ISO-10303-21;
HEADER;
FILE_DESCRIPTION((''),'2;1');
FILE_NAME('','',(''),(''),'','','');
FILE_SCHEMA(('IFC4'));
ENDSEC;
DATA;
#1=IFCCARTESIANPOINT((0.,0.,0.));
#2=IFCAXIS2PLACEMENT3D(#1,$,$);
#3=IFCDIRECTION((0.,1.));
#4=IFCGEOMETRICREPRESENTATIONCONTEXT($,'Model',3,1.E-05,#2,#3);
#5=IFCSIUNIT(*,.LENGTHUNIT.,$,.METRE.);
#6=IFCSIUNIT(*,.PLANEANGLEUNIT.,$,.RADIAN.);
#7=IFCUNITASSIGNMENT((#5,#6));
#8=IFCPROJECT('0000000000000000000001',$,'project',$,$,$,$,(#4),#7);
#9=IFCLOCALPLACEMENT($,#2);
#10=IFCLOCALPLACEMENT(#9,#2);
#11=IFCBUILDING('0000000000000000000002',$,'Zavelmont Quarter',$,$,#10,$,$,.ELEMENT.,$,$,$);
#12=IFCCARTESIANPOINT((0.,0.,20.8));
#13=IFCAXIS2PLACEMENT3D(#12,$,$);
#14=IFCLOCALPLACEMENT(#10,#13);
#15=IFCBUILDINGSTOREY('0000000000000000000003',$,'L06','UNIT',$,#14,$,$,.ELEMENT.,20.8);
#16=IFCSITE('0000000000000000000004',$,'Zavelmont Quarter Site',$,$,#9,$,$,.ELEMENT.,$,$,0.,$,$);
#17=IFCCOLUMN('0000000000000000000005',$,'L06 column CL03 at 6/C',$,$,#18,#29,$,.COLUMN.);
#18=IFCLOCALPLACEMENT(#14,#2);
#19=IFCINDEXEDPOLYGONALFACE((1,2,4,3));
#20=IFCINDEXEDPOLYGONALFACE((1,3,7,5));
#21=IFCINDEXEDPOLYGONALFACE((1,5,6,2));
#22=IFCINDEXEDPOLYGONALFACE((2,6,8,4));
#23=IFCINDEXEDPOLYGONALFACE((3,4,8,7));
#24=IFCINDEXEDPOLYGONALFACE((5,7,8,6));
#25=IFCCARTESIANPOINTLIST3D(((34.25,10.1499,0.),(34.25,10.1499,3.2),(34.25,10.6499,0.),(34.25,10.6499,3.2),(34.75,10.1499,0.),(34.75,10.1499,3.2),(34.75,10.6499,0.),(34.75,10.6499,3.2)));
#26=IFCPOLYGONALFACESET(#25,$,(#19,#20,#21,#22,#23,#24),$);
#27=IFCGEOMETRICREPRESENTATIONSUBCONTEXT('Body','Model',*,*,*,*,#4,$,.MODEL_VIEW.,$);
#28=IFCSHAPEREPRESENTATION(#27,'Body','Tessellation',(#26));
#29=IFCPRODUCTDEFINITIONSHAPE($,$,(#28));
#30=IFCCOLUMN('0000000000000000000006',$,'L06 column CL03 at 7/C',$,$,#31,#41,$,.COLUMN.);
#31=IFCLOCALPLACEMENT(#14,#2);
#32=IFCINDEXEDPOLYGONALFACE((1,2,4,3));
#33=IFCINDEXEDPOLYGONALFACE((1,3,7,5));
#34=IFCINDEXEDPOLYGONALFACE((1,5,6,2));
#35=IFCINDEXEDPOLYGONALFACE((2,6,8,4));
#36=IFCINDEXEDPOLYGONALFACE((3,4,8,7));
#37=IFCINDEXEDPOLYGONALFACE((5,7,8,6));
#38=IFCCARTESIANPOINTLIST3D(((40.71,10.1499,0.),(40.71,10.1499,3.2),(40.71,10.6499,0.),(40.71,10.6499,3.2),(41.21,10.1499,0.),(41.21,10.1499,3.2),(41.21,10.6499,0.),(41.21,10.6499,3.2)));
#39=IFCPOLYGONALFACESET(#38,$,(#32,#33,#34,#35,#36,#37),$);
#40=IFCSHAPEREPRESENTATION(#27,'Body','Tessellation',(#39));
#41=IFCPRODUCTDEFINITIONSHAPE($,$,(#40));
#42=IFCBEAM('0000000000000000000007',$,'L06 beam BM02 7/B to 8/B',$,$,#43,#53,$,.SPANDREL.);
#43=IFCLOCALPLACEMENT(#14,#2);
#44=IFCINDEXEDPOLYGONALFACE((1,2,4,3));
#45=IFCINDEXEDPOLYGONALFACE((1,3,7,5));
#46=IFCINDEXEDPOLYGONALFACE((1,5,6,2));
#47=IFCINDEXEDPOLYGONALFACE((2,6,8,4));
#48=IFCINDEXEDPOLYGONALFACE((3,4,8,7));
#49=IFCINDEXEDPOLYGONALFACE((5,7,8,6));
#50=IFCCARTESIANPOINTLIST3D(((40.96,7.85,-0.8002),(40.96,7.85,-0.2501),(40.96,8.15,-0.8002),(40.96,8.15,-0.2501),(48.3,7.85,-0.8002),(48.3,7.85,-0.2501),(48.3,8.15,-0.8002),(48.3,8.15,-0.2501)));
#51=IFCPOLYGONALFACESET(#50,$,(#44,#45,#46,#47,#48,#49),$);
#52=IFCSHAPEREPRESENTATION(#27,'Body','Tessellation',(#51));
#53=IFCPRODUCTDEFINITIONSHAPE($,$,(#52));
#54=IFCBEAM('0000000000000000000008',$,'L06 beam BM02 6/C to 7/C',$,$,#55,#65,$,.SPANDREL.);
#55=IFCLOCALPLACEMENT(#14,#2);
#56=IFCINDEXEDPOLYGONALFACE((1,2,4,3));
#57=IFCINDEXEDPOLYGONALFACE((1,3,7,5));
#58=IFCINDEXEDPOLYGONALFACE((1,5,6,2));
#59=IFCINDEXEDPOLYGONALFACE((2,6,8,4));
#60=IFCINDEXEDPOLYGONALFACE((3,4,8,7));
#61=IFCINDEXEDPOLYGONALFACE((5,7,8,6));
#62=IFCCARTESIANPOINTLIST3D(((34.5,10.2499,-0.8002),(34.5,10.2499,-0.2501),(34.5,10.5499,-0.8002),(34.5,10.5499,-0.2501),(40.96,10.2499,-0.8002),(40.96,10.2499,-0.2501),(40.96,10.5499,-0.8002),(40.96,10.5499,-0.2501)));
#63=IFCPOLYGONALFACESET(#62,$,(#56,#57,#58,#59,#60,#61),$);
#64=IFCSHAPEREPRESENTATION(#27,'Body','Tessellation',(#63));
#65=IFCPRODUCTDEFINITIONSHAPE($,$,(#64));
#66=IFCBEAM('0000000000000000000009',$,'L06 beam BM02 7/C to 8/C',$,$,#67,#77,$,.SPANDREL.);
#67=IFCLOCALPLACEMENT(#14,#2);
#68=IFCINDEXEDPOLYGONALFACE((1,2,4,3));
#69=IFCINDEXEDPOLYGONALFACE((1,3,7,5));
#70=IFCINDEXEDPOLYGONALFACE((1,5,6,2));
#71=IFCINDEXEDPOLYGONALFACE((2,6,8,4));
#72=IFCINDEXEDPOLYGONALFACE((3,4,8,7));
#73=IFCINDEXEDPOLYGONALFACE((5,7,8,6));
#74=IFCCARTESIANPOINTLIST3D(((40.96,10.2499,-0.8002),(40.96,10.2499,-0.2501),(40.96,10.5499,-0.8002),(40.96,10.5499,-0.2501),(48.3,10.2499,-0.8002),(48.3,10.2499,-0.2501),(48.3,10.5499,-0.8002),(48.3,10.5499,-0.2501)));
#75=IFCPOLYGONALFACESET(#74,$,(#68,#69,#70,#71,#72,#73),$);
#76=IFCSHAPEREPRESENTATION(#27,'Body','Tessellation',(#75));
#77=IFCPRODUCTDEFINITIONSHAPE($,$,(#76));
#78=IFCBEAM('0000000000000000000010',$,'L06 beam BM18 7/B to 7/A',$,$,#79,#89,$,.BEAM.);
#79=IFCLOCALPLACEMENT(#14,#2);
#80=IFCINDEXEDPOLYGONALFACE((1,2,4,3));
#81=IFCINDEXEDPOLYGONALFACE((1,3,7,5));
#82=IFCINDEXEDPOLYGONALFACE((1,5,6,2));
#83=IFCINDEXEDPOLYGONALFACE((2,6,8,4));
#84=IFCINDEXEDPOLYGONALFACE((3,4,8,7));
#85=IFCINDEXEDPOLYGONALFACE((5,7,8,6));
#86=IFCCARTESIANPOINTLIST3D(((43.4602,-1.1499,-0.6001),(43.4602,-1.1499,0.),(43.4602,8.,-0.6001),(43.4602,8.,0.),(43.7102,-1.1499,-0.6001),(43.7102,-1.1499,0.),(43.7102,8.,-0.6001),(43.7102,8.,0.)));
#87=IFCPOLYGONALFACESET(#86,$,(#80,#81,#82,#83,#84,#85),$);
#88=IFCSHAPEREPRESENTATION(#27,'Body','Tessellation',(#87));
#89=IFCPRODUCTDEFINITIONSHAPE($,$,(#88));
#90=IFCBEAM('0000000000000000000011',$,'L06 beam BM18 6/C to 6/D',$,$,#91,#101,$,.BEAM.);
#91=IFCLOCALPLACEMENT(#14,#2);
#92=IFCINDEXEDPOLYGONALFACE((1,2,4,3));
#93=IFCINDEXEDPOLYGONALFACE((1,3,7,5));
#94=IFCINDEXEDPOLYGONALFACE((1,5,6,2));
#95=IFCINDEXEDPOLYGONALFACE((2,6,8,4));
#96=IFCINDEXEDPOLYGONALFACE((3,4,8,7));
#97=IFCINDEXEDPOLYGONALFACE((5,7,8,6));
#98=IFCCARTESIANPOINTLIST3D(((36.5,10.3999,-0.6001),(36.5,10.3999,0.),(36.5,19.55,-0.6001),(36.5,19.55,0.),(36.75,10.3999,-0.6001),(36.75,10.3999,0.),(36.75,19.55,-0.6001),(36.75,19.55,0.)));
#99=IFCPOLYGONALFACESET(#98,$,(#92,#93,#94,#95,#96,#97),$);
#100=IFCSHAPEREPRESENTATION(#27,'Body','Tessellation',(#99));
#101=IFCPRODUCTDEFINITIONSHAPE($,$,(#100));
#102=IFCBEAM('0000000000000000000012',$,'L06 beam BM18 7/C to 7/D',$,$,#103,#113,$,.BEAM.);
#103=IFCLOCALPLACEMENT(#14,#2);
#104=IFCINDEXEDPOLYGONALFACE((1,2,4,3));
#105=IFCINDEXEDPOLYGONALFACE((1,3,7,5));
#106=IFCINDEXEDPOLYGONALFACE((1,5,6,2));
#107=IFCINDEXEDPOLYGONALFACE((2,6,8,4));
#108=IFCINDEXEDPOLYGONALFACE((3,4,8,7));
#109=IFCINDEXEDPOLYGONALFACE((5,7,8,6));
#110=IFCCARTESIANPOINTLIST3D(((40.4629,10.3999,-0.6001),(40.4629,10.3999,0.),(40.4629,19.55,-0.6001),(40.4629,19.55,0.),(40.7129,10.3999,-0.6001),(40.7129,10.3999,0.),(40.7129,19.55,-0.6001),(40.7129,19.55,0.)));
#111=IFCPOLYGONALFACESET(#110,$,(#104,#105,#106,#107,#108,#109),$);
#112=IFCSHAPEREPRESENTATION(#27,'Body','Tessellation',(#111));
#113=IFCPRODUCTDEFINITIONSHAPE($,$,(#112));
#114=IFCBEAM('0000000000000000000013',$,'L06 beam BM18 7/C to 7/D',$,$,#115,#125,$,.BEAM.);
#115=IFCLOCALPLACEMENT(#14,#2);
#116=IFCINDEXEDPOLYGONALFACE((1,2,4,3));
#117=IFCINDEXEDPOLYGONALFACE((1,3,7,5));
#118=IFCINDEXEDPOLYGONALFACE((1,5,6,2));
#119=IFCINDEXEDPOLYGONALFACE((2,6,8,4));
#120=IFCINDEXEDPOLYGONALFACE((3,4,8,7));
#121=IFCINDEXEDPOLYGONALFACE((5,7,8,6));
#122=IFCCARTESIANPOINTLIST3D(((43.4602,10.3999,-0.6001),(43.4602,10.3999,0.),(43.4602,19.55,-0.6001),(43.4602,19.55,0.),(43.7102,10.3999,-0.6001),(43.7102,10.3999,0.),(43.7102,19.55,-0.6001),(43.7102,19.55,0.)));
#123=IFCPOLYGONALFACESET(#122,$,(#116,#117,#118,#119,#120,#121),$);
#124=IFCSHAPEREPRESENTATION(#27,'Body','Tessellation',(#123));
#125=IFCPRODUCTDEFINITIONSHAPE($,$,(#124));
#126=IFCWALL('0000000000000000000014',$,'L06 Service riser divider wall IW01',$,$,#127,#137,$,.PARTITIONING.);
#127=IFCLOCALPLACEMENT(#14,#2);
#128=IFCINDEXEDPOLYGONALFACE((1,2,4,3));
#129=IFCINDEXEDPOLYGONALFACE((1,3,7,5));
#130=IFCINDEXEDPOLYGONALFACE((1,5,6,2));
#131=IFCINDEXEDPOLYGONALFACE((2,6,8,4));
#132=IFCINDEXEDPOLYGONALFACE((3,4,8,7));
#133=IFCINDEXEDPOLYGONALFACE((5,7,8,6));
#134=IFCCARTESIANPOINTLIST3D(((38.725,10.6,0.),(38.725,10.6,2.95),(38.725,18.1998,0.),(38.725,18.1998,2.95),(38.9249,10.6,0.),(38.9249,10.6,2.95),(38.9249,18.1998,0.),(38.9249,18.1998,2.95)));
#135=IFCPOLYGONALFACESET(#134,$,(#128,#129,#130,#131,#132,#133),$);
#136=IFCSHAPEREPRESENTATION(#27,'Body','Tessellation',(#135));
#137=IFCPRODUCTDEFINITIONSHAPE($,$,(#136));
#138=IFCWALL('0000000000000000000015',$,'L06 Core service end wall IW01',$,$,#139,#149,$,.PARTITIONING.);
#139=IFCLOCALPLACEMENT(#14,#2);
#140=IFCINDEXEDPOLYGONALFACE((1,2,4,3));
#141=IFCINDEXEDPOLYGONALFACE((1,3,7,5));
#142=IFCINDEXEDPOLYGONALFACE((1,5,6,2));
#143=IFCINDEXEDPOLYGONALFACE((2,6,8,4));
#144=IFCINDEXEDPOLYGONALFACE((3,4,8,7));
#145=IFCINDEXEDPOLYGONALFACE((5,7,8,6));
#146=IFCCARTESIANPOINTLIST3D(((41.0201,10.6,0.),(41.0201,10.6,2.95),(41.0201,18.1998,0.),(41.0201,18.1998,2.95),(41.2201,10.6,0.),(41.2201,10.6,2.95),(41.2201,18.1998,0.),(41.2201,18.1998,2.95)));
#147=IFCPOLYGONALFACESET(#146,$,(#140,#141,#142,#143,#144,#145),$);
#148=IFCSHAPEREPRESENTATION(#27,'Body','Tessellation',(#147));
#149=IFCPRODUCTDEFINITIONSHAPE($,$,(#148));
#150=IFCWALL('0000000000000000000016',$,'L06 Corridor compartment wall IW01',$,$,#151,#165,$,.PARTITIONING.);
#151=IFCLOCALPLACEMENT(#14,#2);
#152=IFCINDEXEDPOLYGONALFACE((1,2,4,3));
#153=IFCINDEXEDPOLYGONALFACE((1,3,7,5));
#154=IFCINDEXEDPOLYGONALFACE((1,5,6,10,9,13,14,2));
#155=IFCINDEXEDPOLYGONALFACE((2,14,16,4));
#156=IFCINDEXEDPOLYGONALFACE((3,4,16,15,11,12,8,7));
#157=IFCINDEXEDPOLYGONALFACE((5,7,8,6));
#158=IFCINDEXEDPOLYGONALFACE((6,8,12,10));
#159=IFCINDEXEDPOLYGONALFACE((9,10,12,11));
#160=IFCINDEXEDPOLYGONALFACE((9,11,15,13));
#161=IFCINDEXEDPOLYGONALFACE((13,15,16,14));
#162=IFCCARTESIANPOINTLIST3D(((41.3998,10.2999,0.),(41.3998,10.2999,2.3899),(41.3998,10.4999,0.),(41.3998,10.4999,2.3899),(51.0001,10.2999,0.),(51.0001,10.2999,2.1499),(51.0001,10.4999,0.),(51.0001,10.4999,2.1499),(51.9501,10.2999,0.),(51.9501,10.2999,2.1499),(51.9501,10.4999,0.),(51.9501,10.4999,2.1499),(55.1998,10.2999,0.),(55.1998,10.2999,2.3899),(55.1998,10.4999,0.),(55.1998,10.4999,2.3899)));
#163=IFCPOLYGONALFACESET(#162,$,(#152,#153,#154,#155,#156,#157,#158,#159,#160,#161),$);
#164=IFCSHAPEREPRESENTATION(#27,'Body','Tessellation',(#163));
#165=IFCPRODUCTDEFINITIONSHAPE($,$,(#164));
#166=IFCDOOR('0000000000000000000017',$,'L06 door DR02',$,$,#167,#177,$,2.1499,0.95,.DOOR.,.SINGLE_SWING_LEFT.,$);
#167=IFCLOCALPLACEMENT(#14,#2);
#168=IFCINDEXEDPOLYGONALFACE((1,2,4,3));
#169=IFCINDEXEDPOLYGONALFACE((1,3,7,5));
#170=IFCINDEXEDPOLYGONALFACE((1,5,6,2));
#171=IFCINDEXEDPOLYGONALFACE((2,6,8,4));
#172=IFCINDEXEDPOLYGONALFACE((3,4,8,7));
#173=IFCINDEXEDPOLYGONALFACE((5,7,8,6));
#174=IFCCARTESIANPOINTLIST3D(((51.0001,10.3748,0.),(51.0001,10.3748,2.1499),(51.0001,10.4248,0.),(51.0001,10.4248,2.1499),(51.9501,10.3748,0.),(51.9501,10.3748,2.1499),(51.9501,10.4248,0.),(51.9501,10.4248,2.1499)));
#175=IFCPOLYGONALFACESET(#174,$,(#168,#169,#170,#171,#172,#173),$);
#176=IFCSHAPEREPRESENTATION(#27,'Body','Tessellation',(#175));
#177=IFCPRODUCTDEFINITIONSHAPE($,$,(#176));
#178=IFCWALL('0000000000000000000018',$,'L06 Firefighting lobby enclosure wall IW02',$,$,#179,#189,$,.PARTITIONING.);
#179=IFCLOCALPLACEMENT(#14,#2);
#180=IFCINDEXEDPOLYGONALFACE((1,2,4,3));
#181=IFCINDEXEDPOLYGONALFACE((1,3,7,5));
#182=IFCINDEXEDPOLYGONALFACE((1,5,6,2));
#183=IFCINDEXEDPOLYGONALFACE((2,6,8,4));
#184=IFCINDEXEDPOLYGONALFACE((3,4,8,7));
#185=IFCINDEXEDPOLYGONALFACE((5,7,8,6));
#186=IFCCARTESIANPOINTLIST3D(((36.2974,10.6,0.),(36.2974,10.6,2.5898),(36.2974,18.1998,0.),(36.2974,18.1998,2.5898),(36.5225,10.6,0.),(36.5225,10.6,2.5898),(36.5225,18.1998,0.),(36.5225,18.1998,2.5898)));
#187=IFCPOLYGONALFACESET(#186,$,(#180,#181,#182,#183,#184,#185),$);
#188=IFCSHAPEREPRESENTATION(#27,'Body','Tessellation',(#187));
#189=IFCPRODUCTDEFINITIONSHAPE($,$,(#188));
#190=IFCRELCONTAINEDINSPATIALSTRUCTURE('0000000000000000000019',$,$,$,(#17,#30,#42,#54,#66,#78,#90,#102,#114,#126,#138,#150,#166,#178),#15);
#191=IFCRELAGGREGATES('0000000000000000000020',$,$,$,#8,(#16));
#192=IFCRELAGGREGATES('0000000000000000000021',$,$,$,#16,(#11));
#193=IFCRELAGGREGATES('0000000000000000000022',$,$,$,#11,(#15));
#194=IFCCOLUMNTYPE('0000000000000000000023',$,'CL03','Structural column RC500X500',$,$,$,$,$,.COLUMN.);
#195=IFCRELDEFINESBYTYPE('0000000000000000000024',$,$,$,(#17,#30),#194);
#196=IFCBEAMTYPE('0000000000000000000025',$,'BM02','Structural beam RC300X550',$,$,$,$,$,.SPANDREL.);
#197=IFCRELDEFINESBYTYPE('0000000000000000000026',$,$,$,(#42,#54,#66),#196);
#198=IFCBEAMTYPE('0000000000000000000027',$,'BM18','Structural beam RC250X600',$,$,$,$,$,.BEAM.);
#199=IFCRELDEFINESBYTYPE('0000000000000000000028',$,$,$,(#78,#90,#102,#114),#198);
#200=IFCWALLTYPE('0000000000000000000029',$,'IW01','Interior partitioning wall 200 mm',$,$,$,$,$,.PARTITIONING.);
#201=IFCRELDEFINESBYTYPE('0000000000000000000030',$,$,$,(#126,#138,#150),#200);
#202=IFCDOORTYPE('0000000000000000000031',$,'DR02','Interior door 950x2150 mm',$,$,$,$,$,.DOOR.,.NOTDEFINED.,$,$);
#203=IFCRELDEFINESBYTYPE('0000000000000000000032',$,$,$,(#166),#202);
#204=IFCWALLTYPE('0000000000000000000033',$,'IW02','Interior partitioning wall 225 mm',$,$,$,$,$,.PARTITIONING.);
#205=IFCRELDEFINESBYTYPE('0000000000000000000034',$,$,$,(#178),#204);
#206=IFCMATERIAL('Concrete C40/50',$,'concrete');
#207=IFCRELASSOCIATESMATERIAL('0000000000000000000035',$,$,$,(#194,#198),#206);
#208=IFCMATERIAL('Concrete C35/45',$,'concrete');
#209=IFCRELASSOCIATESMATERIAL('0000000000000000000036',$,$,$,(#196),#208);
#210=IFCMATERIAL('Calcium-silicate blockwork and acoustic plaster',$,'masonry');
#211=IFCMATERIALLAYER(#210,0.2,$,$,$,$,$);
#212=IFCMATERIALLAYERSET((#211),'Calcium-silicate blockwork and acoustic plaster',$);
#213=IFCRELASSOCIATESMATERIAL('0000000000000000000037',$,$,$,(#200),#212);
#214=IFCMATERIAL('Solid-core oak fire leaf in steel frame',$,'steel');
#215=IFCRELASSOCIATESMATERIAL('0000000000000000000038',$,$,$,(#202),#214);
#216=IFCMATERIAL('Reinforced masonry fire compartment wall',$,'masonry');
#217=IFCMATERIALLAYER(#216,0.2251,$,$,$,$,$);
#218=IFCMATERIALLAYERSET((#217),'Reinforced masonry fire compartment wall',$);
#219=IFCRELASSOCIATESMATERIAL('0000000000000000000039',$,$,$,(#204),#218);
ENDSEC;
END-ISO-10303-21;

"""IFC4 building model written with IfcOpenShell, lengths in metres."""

from ifc_helpers import new_model, si_unit, direction, frame, frame_2d, origin, origin_with_axes, origin_2d, place, context, subcontext, project, spatial, rectangle, extrude, material, layer, layer_set, material_profile, profile_set, type_object, element, fill, save


model = new_model("IFC4")

# Units and contexts
model_context = context("Model", 3, precision=1e-05, world=origin(), true_north=direction((0.0, 1.0)))
body_context = subcontext(model_context, "Body", "Model", "MODEL_VIEW")
ifc_project = project(units=[si_unit("LENGTHUNIT", "METRE"), si_unit("PLANEANGLEUNIT", "RADIAN")], contexts=[model_context])

# Site, building, storey
site_placement = place(None, origin())
site = spatial("IfcSite", under=ifc_project, at=site_placement, Name="Zavelmont Quarter Site", CompositionType="ELEMENT", RefElevation=0.0)
building_placement = place(site_placement, origin())
building = spatial("IfcBuilding", under=site, at=building_placement, Name="Zavelmont Quarter", CompositionType="ELEMENT")
storey_placement = place(building_placement, frame((0.0, 0.0, 20.8)))
storey = spatial("IfcBuildingStorey", under=building, at=storey_placement, Name="L06", Description="UNIT", CompositionType="ELEMENT", Elevation=20.8)

# Columns
ifc_material_1 = material(Name="Concrete C40/50", Category="concrete")
ifc_material_profile_1 = material_profile(ifc_material_1, rectangle(XDim=0.5, YDim=0.5, at=origin_2d()), Name="RC500X500")
ifc_profile_set_1 = profile_set([ifc_material_profile_1], Name="Concrete C40/50")
column_type = type_object("IfcColumnType", Name="CL03", Description="Structural column RC500X500", PredefinedType="COLUMN", material=ifc_profile_set_1)
for number, where, z_axis, x_axis, name in (
    (1, (34.5, 10.3999, 0.0), (0.0, 0.0, 1.0), (1.0, 0.0, 0.0), "L06 column CL03 at 6/C"),
    (2, (40.96, 10.3999, 0.0), (0.0, 0.0, 1.0), (1.0, 0.0, 0.0), "L06 column CL03 at 7/C"),
):
    element("IfcColumn", number, at=place(storey_placement, frame(where, z_axis=z_axis, x_axis=x_axis)), inside=storey, type_object=column_type, Name=name, PredefinedType="COLUMN", context=body_context, shape_type="SweptSolid", body=[
        extrude(rectangle(XDim=0.5, YDim=0.5, at=origin_2d()), origin(), (0.0, 0.0, 1.0), 3.2),
    ])

# Beams
ifc_material_2 = material(Name="Concrete C35/45", Category="concrete")
ifc_material_profile_2 = material_profile(ifc_material_2, rectangle(XDim=0.3, YDim=0.55, at=origin_2d()), Name="RC300X550")
ifc_profile_set_2 = profile_set([ifc_material_profile_2], Name="Concrete C35/45")
beam_type_1 = type_object("IfcBeamType", Name="BM02", Description="Structural beam RC300X550", PredefinedType="SPANDREL", material=ifc_profile_set_2)
beam_1_placement = place(storey_placement, frame((40.96, 8.0, -0.5251), z_axis=(1.0, 0.0, 0.0), x_axis=(0.0, 1.0, 0.0)))
element("IfcBeam", 3, at=beam_1_placement, inside=storey, type_object=beam_type_1, Name="L06 beam BM02 7/B to 8/B", PredefinedType="SPANDREL", context=body_context, shape_type="SweptSolid", body=[
    extrude(rectangle(XDim=0.3, YDim=0.55, at=origin_2d()), origin(), (0.0, 0.0, 1.0), 7.3401),
])
beam_2_placement = place(storey_placement, frame((34.5, 10.3999, -0.5251), z_axis=(1.0, 0.0, 0.0), x_axis=(0.0, 1.0, 0.0)))
element("IfcBeam", 4, at=beam_2_placement, inside=storey, type_object=beam_type_1, Name="L06 beam BM02 6/C to 7/C", PredefinedType="SPANDREL", context=body_context, shape_type="SweptSolid", body=[
    extrude(rectangle(XDim=0.3, YDim=0.55, at=origin_2d()), origin(), (0.0, 0.0, 1.0), 6.46),
])
beam_3_placement = place(storey_placement, frame((40.96, 10.3999, -0.5251), z_axis=(1.0, 0.0, 0.0), x_axis=(0.0, 1.0, 0.0)))
element("IfcBeam", 5, at=beam_3_placement, inside=storey, type_object=beam_type_1, Name="L06 beam BM02 7/C to 8/C", PredefinedType="SPANDREL", context=body_context, shape_type="SweptSolid", body=[
    extrude(rectangle(XDim=0.3, YDim=0.55, at=origin_2d()), origin(), (0.0, 0.0, 1.0), 7.3401),
])
ifc_material_profile_3 = material_profile(ifc_material_1, rectangle(XDim=0.25, YDim=0.6001, at=origin_2d()), Name="RC250X600")
ifc_profile_set_3 = profile_set([ifc_material_profile_3], Name="Concrete C40/50")
beam_type_2 = type_object("IfcBeamType", Name="BM18", Description="Structural beam RC250X600", PredefinedType="BEAM", material=ifc_profile_set_3)
beam_4_placement = place(storey_placement, frame((43.5852, 8.0, -0.3), z_axis=(0.0, -1.0, 0.0), x_axis=(1.0, 0.0, 0.0)))
element("IfcBeam", 6, at=beam_4_placement, inside=storey, type_object=beam_type_2, Name="L06 beam BM18 7/B to 7/A", PredefinedType="BEAM", context=body_context, shape_type="SweptSolid", body=[
    extrude(rectangle(XDim=0.25, YDim=0.6001, at=origin_2d()), origin(), (0.0, 0.0, 1.0), 9.1499),
])
for number, where, z_axis, x_axis, name in (
    (7, (36.625, 10.3999, -0.3), (0.0, 1.0, 0.0), (-1.0, 0.0, 0.0), "L06 beam BM18 6/C to 6/D"),
    (8, (40.5879, 10.3999, -0.3), (0.0, 1.0, 0.0), (-1.0, 0.0, 0.0), "L06 beam BM18 7/C to 7/D"),
    (9, (43.5852, 10.3999, -0.3), (0.0, 1.0, 0.0), (-1.0, 0.0, 0.0), "L06 beam BM18 7/C to 7/D"),
):
    element("IfcBeam", number, at=place(storey_placement, frame(where, z_axis=z_axis, x_axis=x_axis)), inside=storey, type_object=beam_type_2, Name=name, PredefinedType="BEAM", context=body_context, shape_type="SweptSolid", body=[
        extrude(rectangle(XDim=0.25, YDim=0.6001, at=origin_2d()), origin(), (0.0, 0.0, 1.0), 9.1501),
    ])

# Walls
ifc_material_3 = material(Name="Calcium-silicate blockwork and acoustic plaster", Category="masonry")
ifc_layer_1 = layer(ifc_material_3, 0.2)
ifc_layer_set_1 = layer_set([ifc_layer_1], Name="Calcium-silicate blockwork and acoustic plaster")
wall_type_1 = type_object("IfcWallType", Name="IW01", Description="Interior partitioning wall 200 mm", PredefinedType="PARTITIONING", material=ifc_layer_set_1)
for number, where, z_axis, x_axis, name in (
    (10, (38.825, 10.6001, 0.0), (0.0, 0.0, 1.0), (0.0, 1.0, 0.0), "L06 Service riser divider wall IW01"),
    (11, (41.1201, 10.6001, 0.0), (0.0, 0.0, 1.0), (0.0, 1.0, 0.0), "L06 Core service end wall IW01"),
):
    element("IfcWall", number, at=place(storey_placement, frame(where, z_axis=z_axis, x_axis=x_axis)), inside=storey, type_object=wall_type_1, Name=name, PredefinedType="PARTITIONING", context=body_context, shape_type="SweptSolid", body=[
        extrude(rectangle(XDim=7.5999, YDim=0.2, at=frame_2d((3.7998, 0.0))), origin(), (0.0, 0.0, 1.0), 2.95),
    ])

# Wall, opening, door
ifc_material_4 = material(Name="Solid-core oak fire leaf in steel frame", Category="steel")
door_type_1 = type_object("IfcDoorType", Name="DR02", Description="Interior door 950x2150 mm", OperationType="NOTDEFINED", PredefinedType="DOOR", material=ifc_material_4)
wall_1_placement = place(storey_placement, frame((41.3999, 10.3999, 0.0), z_axis=(0.0, 0.0, 1.0), x_axis=(1.0, 0.0, 0.0)))
wall_1 = element("IfcWall", 12, at=wall_1_placement, inside=storey, type_object=wall_type_1, Name="L06 Corridor compartment wall IW01", PredefinedType="PARTITIONING", context=body_context, shape_type="SweptSolid", body=[
    extrude(rectangle(XDim=13.8, YDim=0.2, at=frame_2d((6.8999, 0.0))), origin(), (0.0, 0.0, 1.0), 2.3899),
])
opening_1_placement = place(wall_1_placement, frame((9.6001, 0.0, 0.0)))
opening_1 = element("IfcOpeningElement", 13, at=opening_1_placement, cuts=wall_1, PredefinedType="OPENING", context=body_context, shape_type="SweptSolid", body=[
    extrude(rectangle(XDim=0.95, YDim=2.1499, at=frame_2d((0.4751, 1.075))), frame((0.0, 0.1118, 0.0), z_axis=(0.0, -1.0, 0.0), x_axis=(1.0, 0.0, 0.0)), (0.0, 0.0, 1.0), 0.2239),
])
door_1_placement = place(opening_1_placement, origin_with_axes())
door_1 = element("IfcDoor", 14, at=door_1_placement, inside=storey, type_object=door_type_1, Name="L06 door DR02", OperationType="SINGLE_SWING_LEFT", OverallHeight=2.1499, OverallWidth=0.95, PredefinedType="DOOR", context=body_context, shape_type="SweptSolid", body=[
    extrude(rectangle(XDim=0.95, YDim=2.1499, at=frame_2d((0.4751, 1.075))), frame((0.0, 0.0249, 0.0), z_axis=(0.0, -1.0, 0.0), x_axis=(1.0, 0.0, 0.0)), (0.0, 0.0, 1.0), 0.05),
])
fill(opening_1, door_1)

# Wall
ifc_material_5 = material(Name="Reinforced masonry fire compartment wall", Category="masonry")
ifc_layer_2 = layer(ifc_material_5, 0.2251)
ifc_layer_set_2 = layer_set([ifc_layer_2], Name="Reinforced masonry fire compartment wall")
wall_type_2 = type_object("IfcWallType", Name="IW02", Description="Interior partitioning wall 225 mm", PredefinedType="PARTITIONING", material=ifc_layer_set_2)
wall_2_placement = place(storey_placement, frame((36.4099, 10.6001, 0.0), z_axis=(0.0, 0.0, 1.0), x_axis=(0.0, 1.0, 0.0)))
element("IfcWall", 15, at=wall_2_placement, inside=storey, type_object=wall_type_2, Name="L06 Firefighting lobby enclosure wall IW02", PredefinedType="PARTITIONING", context=body_context, shape_type="SweptSolid", body=[
    extrude(rectangle(XDim=7.5999, YDim=0.2251, at=frame_2d((3.7998, 0.0))), origin(), (0.0, 0.0, 1.0), 2.5898),
])

save(model, "model.ifc")
